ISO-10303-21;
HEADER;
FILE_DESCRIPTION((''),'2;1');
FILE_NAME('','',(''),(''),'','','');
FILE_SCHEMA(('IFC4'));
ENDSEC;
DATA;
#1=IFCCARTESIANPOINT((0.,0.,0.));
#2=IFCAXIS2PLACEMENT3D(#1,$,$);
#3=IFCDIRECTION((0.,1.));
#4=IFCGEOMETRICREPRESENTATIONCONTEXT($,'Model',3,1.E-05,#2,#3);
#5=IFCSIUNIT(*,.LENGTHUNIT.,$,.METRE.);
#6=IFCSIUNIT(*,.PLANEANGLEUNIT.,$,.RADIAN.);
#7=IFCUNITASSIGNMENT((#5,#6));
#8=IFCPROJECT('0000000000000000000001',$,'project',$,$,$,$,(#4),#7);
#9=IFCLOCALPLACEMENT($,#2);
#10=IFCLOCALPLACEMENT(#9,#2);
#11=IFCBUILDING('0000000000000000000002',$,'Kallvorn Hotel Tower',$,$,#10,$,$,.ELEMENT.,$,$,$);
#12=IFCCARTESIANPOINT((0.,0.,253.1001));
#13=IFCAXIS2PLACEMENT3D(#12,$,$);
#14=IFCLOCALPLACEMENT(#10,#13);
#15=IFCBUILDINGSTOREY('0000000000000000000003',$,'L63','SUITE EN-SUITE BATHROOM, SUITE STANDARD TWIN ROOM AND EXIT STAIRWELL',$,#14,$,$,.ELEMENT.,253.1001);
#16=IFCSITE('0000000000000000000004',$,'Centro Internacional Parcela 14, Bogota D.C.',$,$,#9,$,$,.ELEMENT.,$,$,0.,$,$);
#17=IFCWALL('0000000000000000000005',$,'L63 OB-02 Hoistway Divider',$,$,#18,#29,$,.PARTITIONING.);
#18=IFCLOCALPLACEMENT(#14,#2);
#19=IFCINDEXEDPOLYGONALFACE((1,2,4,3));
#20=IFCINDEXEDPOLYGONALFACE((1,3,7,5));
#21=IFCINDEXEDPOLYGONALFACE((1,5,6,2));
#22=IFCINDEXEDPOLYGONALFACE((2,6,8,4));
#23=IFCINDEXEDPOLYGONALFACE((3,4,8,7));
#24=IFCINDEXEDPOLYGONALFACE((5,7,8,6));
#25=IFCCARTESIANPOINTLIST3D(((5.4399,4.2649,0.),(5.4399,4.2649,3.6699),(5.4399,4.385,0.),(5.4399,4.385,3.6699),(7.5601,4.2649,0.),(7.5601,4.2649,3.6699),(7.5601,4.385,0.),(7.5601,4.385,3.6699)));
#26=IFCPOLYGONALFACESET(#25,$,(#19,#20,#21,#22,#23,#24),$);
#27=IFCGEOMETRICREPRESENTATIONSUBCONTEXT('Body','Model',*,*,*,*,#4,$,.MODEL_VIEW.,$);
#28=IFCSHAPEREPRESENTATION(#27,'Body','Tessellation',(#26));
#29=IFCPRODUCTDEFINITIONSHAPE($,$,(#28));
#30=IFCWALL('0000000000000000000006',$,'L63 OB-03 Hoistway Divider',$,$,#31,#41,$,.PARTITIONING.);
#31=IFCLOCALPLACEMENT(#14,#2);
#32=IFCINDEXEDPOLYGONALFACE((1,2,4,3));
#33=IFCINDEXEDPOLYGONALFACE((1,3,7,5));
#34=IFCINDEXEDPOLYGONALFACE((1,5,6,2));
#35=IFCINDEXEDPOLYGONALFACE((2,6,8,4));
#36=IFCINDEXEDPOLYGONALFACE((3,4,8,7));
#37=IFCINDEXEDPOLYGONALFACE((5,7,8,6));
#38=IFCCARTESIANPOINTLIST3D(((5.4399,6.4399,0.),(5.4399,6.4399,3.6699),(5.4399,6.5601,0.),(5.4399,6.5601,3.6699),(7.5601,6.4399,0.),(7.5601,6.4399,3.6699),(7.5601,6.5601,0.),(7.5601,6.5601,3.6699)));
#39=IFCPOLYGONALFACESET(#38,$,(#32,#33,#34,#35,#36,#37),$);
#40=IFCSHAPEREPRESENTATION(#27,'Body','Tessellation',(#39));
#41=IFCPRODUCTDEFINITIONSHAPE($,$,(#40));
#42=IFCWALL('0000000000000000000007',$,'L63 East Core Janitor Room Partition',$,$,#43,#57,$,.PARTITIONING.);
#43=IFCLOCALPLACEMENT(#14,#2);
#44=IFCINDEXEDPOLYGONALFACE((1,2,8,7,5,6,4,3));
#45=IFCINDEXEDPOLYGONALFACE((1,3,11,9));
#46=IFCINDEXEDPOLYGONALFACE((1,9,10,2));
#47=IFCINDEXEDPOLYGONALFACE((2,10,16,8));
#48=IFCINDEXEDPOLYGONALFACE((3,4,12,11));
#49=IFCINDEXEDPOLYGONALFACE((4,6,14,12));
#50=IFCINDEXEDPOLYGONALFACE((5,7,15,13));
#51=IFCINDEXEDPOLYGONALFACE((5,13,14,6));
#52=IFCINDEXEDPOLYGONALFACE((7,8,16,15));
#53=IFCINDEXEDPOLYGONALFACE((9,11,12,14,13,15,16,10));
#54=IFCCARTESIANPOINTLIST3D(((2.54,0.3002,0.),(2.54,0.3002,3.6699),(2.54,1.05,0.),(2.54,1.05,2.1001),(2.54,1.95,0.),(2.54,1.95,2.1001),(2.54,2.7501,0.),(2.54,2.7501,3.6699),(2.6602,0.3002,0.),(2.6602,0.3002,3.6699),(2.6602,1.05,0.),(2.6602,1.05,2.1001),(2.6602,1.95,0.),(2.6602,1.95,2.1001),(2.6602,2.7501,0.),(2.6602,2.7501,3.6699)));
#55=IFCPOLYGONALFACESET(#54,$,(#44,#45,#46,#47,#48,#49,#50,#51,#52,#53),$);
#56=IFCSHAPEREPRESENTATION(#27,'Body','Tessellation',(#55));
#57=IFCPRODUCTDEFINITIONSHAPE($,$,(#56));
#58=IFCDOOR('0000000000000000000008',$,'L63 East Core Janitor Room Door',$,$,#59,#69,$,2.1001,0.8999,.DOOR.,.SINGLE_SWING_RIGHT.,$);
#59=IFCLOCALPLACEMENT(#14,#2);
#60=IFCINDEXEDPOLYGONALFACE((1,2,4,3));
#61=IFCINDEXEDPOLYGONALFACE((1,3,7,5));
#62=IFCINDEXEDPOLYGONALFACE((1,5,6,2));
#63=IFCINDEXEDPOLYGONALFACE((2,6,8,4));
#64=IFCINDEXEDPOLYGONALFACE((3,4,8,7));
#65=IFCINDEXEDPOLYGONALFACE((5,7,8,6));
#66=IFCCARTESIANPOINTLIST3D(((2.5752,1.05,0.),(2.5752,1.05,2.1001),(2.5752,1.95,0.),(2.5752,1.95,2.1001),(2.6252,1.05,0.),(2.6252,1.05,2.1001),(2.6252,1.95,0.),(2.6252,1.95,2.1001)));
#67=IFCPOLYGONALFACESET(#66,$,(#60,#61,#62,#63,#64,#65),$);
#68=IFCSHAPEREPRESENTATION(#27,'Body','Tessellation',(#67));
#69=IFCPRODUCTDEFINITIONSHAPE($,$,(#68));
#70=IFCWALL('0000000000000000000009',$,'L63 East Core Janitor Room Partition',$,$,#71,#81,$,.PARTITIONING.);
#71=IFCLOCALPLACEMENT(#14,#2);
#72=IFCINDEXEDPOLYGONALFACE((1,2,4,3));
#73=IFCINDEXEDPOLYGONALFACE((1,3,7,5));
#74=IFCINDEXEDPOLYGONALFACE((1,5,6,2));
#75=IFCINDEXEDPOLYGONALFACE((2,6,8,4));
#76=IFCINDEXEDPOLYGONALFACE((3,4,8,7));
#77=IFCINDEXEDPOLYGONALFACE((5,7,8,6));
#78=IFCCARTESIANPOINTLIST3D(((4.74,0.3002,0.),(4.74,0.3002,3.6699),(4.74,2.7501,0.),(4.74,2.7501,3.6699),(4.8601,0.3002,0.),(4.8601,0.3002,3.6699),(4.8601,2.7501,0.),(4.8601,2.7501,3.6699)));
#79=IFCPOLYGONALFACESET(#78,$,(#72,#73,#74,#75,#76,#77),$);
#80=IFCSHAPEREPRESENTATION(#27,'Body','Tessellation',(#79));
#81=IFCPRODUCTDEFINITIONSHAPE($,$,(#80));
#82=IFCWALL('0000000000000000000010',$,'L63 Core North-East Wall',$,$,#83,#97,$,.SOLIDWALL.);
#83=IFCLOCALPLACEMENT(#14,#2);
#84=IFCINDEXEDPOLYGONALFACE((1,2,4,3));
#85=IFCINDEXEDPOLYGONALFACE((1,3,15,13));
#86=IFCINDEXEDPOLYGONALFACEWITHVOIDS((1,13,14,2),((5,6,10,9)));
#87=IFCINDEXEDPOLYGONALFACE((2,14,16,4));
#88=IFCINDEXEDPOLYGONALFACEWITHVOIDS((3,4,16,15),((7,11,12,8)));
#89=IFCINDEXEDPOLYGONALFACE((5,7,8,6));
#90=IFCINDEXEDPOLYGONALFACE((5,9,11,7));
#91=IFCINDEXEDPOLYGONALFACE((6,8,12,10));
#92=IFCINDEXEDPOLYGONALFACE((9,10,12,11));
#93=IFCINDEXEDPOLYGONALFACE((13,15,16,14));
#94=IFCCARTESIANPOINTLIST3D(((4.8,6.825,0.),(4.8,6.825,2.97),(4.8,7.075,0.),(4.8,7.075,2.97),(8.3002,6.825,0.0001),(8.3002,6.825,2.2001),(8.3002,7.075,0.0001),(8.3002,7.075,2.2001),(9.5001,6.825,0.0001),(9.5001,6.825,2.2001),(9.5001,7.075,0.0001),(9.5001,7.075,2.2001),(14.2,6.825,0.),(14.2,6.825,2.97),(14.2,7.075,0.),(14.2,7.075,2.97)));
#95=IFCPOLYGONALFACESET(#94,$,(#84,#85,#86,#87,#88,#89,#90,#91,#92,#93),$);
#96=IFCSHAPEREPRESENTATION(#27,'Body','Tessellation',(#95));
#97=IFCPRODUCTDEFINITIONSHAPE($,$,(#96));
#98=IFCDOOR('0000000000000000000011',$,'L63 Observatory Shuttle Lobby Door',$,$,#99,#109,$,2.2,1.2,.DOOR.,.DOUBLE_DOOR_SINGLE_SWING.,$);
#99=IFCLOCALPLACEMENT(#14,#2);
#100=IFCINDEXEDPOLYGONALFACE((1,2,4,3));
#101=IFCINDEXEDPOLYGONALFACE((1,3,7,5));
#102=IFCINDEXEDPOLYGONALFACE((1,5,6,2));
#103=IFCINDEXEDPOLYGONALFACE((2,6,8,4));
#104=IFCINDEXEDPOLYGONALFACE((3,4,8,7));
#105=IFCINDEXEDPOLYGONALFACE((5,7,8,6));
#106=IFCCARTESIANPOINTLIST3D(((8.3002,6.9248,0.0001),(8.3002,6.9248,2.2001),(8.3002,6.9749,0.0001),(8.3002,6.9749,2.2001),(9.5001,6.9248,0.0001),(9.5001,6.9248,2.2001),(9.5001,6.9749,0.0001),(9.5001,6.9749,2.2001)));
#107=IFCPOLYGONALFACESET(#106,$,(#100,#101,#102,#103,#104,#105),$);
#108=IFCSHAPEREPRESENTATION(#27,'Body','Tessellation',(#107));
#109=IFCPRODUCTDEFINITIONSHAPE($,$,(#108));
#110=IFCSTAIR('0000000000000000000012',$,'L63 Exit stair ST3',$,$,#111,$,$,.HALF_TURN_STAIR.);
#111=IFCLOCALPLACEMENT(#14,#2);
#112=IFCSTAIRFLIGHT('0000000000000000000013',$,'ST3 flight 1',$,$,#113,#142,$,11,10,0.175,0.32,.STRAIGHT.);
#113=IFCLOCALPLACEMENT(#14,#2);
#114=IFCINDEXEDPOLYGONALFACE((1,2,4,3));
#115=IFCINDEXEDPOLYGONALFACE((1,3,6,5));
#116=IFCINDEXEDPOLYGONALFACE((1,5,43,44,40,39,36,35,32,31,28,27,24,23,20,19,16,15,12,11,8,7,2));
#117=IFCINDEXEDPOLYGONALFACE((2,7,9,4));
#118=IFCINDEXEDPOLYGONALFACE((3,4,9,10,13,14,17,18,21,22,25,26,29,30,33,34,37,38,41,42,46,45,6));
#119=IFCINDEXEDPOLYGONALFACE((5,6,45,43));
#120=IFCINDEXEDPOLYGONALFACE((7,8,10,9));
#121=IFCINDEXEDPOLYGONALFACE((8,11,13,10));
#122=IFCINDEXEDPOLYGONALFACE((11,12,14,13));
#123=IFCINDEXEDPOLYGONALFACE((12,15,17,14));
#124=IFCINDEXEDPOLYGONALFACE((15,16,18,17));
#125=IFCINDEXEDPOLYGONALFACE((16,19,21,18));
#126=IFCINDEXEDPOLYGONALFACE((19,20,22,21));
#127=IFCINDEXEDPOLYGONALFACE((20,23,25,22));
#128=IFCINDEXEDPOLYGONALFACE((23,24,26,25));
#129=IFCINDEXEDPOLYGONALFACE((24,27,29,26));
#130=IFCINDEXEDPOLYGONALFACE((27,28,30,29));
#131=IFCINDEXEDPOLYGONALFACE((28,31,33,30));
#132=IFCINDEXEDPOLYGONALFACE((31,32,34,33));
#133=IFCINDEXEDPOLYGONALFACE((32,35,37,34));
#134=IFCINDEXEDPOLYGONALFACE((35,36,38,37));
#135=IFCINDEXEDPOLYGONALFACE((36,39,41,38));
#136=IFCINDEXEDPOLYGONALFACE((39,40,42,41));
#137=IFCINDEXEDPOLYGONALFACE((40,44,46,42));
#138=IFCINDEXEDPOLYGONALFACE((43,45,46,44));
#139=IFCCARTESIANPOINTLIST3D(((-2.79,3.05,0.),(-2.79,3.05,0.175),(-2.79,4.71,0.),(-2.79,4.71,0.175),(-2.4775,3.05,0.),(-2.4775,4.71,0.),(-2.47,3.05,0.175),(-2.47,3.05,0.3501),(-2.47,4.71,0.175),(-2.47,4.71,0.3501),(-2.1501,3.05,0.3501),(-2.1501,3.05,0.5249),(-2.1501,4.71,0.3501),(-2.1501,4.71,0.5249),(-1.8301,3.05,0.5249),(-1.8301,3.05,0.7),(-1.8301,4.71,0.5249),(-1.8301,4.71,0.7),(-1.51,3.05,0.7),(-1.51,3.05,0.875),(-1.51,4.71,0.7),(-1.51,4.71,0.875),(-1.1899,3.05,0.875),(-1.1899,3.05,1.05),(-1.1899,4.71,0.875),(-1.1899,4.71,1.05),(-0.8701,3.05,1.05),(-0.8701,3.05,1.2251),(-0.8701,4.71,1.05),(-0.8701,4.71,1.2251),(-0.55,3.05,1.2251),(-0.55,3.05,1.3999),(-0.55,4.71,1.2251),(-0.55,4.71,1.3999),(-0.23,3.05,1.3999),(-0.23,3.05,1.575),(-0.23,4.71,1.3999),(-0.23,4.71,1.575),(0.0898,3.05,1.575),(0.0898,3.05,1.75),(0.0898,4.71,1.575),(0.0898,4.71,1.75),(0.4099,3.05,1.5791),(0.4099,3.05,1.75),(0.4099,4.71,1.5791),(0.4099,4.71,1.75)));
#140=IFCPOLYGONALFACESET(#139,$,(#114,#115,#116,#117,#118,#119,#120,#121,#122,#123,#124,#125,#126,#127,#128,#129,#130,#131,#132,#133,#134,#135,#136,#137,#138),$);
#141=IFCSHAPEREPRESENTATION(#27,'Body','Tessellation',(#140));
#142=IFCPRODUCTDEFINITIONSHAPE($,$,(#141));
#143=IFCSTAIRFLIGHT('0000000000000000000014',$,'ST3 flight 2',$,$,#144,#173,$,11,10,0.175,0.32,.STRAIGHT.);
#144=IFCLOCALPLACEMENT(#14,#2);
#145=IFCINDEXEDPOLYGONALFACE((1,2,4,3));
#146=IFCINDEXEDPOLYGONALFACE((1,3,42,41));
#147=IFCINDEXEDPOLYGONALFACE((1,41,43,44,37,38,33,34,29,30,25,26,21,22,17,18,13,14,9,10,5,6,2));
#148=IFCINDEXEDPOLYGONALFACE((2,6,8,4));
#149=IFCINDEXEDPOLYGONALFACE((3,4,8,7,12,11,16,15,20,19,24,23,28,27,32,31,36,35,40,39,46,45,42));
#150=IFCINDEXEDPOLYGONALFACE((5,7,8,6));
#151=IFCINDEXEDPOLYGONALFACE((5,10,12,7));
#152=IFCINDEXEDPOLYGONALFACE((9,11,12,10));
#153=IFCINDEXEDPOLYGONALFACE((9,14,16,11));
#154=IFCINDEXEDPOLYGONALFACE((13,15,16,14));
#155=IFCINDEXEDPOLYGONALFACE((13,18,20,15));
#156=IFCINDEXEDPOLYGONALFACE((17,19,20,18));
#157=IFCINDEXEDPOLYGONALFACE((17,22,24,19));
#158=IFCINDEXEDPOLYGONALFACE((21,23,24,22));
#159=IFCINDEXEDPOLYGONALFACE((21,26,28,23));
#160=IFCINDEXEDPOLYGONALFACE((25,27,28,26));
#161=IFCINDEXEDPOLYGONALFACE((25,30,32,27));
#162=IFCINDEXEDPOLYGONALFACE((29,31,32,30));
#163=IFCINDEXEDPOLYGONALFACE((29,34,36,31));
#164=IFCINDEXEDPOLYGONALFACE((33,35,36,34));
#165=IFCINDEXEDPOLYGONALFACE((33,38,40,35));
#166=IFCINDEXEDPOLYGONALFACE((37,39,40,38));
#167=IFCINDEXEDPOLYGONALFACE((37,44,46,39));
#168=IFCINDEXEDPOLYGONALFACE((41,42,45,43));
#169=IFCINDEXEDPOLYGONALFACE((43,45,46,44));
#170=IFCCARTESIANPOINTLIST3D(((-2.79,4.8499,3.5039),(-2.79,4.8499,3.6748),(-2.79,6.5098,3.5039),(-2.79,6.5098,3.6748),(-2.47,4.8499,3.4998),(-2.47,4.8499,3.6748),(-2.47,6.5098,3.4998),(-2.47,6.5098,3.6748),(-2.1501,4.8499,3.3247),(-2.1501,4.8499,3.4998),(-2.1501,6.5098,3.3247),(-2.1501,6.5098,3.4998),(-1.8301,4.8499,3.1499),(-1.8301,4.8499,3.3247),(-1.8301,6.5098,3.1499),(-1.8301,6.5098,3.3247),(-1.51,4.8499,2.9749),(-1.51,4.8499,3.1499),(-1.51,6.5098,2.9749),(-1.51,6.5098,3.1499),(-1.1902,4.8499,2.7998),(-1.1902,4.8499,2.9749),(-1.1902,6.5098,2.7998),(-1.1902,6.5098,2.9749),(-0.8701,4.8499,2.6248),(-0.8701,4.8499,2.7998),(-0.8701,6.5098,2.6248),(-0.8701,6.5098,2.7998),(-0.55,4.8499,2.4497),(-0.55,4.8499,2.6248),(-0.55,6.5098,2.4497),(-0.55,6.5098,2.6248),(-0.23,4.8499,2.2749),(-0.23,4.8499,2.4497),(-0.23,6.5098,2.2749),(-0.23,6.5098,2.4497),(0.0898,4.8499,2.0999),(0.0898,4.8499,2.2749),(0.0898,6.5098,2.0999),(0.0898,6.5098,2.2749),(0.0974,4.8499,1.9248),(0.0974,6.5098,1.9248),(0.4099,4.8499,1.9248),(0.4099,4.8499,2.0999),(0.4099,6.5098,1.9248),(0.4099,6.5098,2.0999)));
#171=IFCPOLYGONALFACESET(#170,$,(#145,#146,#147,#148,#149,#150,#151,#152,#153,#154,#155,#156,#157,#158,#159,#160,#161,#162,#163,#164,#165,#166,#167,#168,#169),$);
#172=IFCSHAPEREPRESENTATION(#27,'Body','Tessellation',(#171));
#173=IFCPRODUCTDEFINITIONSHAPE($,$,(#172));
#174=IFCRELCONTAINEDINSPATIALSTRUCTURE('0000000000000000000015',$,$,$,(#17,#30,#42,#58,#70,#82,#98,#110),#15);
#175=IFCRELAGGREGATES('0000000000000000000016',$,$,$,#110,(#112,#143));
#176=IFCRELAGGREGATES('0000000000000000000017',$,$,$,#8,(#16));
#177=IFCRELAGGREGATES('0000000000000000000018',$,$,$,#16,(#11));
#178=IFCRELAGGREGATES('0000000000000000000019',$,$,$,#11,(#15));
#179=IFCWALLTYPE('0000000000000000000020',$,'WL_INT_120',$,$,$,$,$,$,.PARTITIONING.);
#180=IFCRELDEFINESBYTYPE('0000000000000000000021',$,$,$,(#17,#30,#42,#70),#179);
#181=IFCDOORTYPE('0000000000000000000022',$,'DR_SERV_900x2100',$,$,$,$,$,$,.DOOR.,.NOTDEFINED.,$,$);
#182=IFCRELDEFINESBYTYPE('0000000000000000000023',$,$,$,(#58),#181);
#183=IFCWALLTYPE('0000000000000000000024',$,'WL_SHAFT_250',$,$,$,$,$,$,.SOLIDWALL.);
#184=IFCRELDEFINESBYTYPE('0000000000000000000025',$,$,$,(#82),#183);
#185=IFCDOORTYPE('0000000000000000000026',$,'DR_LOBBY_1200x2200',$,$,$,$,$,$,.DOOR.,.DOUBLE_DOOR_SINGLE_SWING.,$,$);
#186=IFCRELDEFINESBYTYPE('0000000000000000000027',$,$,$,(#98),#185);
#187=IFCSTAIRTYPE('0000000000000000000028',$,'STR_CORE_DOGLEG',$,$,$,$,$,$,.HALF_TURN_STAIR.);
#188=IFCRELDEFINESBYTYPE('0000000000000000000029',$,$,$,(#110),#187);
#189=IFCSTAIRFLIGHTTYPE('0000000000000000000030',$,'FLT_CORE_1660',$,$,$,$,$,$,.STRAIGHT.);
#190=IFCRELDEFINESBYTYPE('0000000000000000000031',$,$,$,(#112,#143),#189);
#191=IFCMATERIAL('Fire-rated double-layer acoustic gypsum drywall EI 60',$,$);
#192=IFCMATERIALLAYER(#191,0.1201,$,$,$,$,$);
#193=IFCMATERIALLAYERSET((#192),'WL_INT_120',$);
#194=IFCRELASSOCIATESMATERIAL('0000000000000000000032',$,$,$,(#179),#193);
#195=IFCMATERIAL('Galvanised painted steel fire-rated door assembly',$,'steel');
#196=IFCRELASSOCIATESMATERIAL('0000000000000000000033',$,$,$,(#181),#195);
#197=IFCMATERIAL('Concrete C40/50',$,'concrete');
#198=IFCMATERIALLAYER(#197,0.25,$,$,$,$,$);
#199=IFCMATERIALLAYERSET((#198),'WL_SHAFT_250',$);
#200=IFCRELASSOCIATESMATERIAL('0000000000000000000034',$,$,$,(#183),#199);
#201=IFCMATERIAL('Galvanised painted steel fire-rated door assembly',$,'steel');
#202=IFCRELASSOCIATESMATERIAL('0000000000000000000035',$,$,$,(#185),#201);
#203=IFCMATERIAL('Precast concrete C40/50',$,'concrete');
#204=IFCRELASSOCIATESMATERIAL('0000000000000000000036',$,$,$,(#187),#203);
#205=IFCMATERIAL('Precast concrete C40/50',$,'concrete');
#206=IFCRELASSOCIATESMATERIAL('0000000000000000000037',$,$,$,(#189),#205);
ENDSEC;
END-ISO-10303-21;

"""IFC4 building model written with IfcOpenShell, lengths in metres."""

from ifc_helpers import new_model, si_unit, direction, frame, frame_2d, origin, place, context, subcontext, project, spatial, polyline, rectangle, outline, extrude, material, layer, layer_set, type_object, element, fill, aggregate, save


model = new_model("IFC4")

# Units and contexts
model_context = context("Model", 3, precision=1e-05, world=origin(), true_north=direction((0.0, 1.0)))
body_context = subcontext(model_context, "Body", "Model", "MODEL_VIEW")
ifc_project = project(units=[si_unit("LENGTHUNIT", "METRE"), si_unit("PLANEANGLEUNIT", "RADIAN")], contexts=[model_context])

# Site, building, storey
site_placement = place(None, origin())
site = spatial("IfcSite", under=ifc_project, at=site_placement, Name="Centro Internacional Parcela 14, Bogota D.C.", CompositionType="ELEMENT", RefElevation=0.0)
building_placement = place(site_placement, origin())
building = spatial("IfcBuilding", under=site, at=building_placement, Name="Kallvorn Hotel Tower", CompositionType="ELEMENT")
storey_placement = place(building_placement, frame((0.0, 0.0, 253.1001)))
storey = spatial("IfcBuildingStorey", under=building, at=storey_placement, Name="L63", Description="SUITE EN-SUITE BATHROOM, SUITE STANDARD TWIN ROOM AND EXIT STAIRWELL", CompositionType="ELEMENT", Elevation=253.1001)

# Walls
ifc_material_1 = material(Name="Fire-rated double-layer acoustic gypsum drywall EI 60")
ifc_layer_1 = layer(ifc_material_1, 0.1201)
ifc_layer_set_1 = layer_set([ifc_layer_1], Name="WL_INT_120")
wall_type_1 = type_object("IfcWallType", Name="WL_INT_120", PredefinedType="PARTITIONING", material=ifc_layer_set_1)
for number, where, z_axis, x_axis, name in (
    (1, (5.4399, 4.325, 0.0), (0.0, 0.0, 1.0), (1.0, 0.0, 0.0), "L63 OB-02 Hoistway Divider"),
    (2, (5.4399, 6.5, 0.0), (0.0, 0.0, 1.0), (1.0, 0.0, 0.0), "L63 OB-03 Hoistway Divider"),
):
    element("IfcWall", number, at=place(storey_placement, frame(where, z_axis=z_axis, x_axis=x_axis)), inside=storey, type_object=wall_type_1, Name=name, PredefinedType="PARTITIONING", context=body_context, shape_type="SweptSolid", body=[
        extrude(rectangle(XDim=2.1201, YDim=0.1201, at=frame_2d((1.0601, 0.0))), origin(), (0.0, 0.0, 1.0), 3.6699),
    ])

# Wall, opening, door
wall_1_placement = place(storey_placement, frame((2.6001, 0.3, 0.0), z_axis=(0.0, 0.0, 1.0), x_axis=(0.0, 1.0, 0.0)))
wall_1 = element("IfcWall", 3, at=wall_1_placement, inside=storey, type_object=wall_type_1, Name="L63 East Core Janitor Room Partition", PredefinedType="PARTITIONING", context=body_context, shape_type="SweptSolid", body=[
    extrude(rectangle(XDim=2.45, YDim=0.1201, at=frame_2d((1.2251, 0.0))), origin(), (0.0, 0.0, 1.0), 3.6699),
])
opening_1_placement = place(wall_1_placement, frame((0.75, 0.0, 0.0)))
opening_1 = element("IfcOpeningElement", 4, at=opening_1_placement, cuts=wall_1, PredefinedType="OPENING", context=body_context, shape_type="SweptSolid", body=[
    extrude(rectangle(XDim=0.8999, YDim=2.1001, at=frame_2d((0.45, 1.05))), frame((0.0, 0.075, 0.0), z_axis=(0.0, -1.0, 0.0), x_axis=(1.0, 0.0, 0.0)), (0.0, 0.0, 1.0), 0.1501),
])
ifc_material_2 = material(Name="Galvanised painted steel fire-rated door assembly", Category="steel")
door_type_1 = type_object("IfcDoorType", Name="DR_SERV_900x2100", OperationType="NOTDEFINED", PredefinedType="DOOR", material=ifc_material_2)
door_1_placement = place(opening_1_placement, origin())
door_1 = element("IfcDoor", 5, at=door_1_placement, inside=storey, type_object=door_type_1, Name="L63 East Core Janitor Room Door", OperationType="SINGLE_SWING_RIGHT", OverallHeight=2.1001, OverallWidth=0.8999, PredefinedType="DOOR", context=body_context, shape_type="SweptSolid", body=[
    extrude(rectangle(XDim=0.8999, YDim=2.1001, at=frame_2d((0.45, 1.05))), frame((0.0, 0.0249, 0.0), z_axis=(0.0, -1.0, 0.0), x_axis=(1.0, 0.0, 0.0)), (0.0, 0.0, 1.0), 0.05),
])
fill(opening_1, door_1)

# Wall
wall_2_placement = place(storey_placement, frame((4.8, 0.3, 0.0), z_axis=(0.0, 0.0, 1.0), x_axis=(0.0, 1.0, 0.0)))
element("IfcWall", 6, at=wall_2_placement, inside=storey, type_object=wall_type_1, Name="L63 East Core Janitor Room Partition", PredefinedType="PARTITIONING", context=body_context, shape_type="SweptSolid", body=[
    extrude(rectangle(XDim=2.45, YDim=0.1201, at=frame_2d((1.2251, 0.0))), origin(), (0.0, 0.0, 1.0), 3.6699),
])

# Wall, opening, door
ifc_material_3 = material(Name="Concrete C40/50", Category="concrete")
ifc_layer_2 = layer(ifc_material_3, 0.25)
ifc_layer_set_2 = layer_set([ifc_layer_2], Name="WL_SHAFT_250")
wall_type_2 = type_object("IfcWallType", Name="WL_SHAFT_250", PredefinedType="SOLIDWALL", material=ifc_layer_set_2)
wall_3_placement = place(storey_placement, frame((4.8, 6.95, 0.0), z_axis=(0.0, 0.0, 1.0), x_axis=(1.0, 0.0, 0.0)))
wall_3 = element("IfcWall", 7, at=wall_3_placement, inside=storey, type_object=wall_type_2, Name="L63 Core North-East Wall", PredefinedType="SOLIDWALL", context=body_context, shape_type="SweptSolid", body=[
    extrude(rectangle(XDim=9.3999, YDim=0.25, at=frame_2d((4.7, 0.0))), origin(), (0.0, 0.0, 1.0), 2.97),
])
opening_2_placement = place(wall_3_placement, frame((3.5, 0.0, 0.0)))
opening_2 = element("IfcOpeningElement", 8, at=opening_2_placement, cuts=wall_3, PredefinedType="OPENING", context=body_context, shape_type="SweptSolid", body=[
    extrude(rectangle(XDim=1.2, YDim=2.2, at=frame_2d((0.6001, 1.1001))), frame((0.0, 0.1399, 0.0), z_axis=(0.0, -1.0, 0.0), x_axis=(1.0, 0.0, 0.0)), (0.0, 0.0, 1.0), 0.28),
])
ifc_material_4 = material(Name="Galvanised painted steel fire-rated door assembly", Category="steel")
door_type_2 = type_object("IfcDoorType", Name="DR_LOBBY_1200x2200", OperationType="DOUBLE_DOOR_SINGLE_SWING", PredefinedType="DOOR", material=ifc_material_4)
door_2_placement = place(opening_2_placement, origin())
door_2 = element("IfcDoor", 9, at=door_2_placement, inside=storey, type_object=door_type_2, Name="L63 Observatory Shuttle Lobby Door", OperationType="DOUBLE_DOOR_SINGLE_SWING", OverallHeight=2.2, OverallWidth=1.2, PredefinedType="DOOR", context=body_context, shape_type="SweptSolid", body=[
    extrude(rectangle(XDim=1.2, YDim=2.2, at=frame_2d((0.6001, 1.1001))), frame((0.0, 0.0249, 0.0), z_axis=(0.0, -1.0, 0.0), x_axis=(1.0, 0.0, 0.0)), (0.0, 0.0, 1.0), 0.05),
])
fill(opening_2, door_2)

# Stair, stair flights
ifc_material_5 = material(Name="Precast concrete C40/50", Category="concrete")
stair_type = type_object("IfcStairType", Name="STR_CORE_DOGLEG", PredefinedType="HALF_TURN_STAIR", material=ifc_material_5)
stair_placement = place(storey_placement, origin())
stair = element("IfcStair", 10, at=stair_placement, inside=storey, type_object=stair_type, Name="L63 Exit stair ST3", PredefinedType="HALF_TURN_STAIR")
ifc_material_6 = material(Name="Precast concrete C40/50", Category="concrete")
stair_flight_type = type_object("IfcStairFlightType", Name="FLT_CORE_1660", PredefinedType="STRAIGHT", material=ifc_material_6)
stair_flight_1_placement = place(storey_placement, frame((-2.79, 3.8799, 0.0), z_axis=(0.0, 0.0, 1.0), x_axis=(1.0, 0.0, 0.0)))
stair_flight_1 = element("IfcStairFlight", 11, at=stair_flight_1_placement, type_object=stair_flight_type, Name="ST3 flight 1", NumberOfRisers=11, NumberOfTreads=10, PredefinedType="STRAIGHT", RiserHeight=0.175, TreadLength=0.32, context=body_context, shape_type="SweptSolid", body=[
    extrude(outline(polyline([(0.0, 0.0), (0.0, 0.175), (0.3201, 0.175), (0.3201, 0.3501), (0.6399, 0.3501), (0.6399, 0.5249), (0.96, 0.5249), (0.96, 0.7), (1.28, 0.7), (1.28, 0.875), (1.6001, 0.875), (1.6001, 1.05), (1.9199, 1.05), (1.9199, 1.2251), (2.24, 1.2251), (2.24, 1.3999), (2.5601, 1.3999), (2.5601, 1.575), (2.8799, 1.575), (2.8799, 1.75), (3.2, 1.75), (3.2, 1.925), (3.2, 1.5791), (0.3125, 0.0), (0.0, 0.0)])), frame((0.0, 0.8301, 0.0), z_axis=(0.0, -1.0, 0.0), x_axis=(1.0, 0.0, 0.0)), (0.0, 0.0, 1.0), 1.6599),
])
stair_flight_2_placement = place(storey_placement, frame((0.4099, 5.6799, 1.9248), z_axis=(0.0, 0.0, 1.0), x_axis=(-1.0, 0.0, 0.0)))
stair_flight_2 = element("IfcStairFlight", 12, at=stair_flight_2_placement, type_object=stair_flight_type, Name="ST3 flight 2", NumberOfRisers=11, NumberOfTreads=10, PredefinedType="STRAIGHT", RiserHeight=0.175, TreadLength=0.32, context=body_context, shape_type="SweptSolid", body=[
    extrude(outline(polyline([(0.0, 0.0), (0.0, 0.175), (0.3201, 0.175), (0.3201, 0.3501), (0.6399, 0.3501), (0.6399, 0.5249), (0.96, 0.5249), (0.96, 0.7), (1.28, 0.7), (1.28, 0.875), (1.6001, 0.875), (1.6001, 1.05), (1.9199, 1.05), (1.9199, 1.2251), (2.24, 1.2251), (2.24, 1.3999), (2.5601, 1.3999), (2.5601, 1.575), (2.8799, 1.575), (2.8799, 1.75), (3.2, 1.75), (3.2, 1.925), (3.2, 1.5791), (0.3125, 0.0), (0.0, 0.0)])), frame((0.0, 0.8301, 0.0), z_axis=(0.0, -1.0, 0.0), x_axis=(1.0, 0.0, 0.0)), (0.0, 0.0, 1.0), 1.6599),
])
aggregate(stair, [stair_flight_1, stair_flight_2])

save(model, "model.ifc")
